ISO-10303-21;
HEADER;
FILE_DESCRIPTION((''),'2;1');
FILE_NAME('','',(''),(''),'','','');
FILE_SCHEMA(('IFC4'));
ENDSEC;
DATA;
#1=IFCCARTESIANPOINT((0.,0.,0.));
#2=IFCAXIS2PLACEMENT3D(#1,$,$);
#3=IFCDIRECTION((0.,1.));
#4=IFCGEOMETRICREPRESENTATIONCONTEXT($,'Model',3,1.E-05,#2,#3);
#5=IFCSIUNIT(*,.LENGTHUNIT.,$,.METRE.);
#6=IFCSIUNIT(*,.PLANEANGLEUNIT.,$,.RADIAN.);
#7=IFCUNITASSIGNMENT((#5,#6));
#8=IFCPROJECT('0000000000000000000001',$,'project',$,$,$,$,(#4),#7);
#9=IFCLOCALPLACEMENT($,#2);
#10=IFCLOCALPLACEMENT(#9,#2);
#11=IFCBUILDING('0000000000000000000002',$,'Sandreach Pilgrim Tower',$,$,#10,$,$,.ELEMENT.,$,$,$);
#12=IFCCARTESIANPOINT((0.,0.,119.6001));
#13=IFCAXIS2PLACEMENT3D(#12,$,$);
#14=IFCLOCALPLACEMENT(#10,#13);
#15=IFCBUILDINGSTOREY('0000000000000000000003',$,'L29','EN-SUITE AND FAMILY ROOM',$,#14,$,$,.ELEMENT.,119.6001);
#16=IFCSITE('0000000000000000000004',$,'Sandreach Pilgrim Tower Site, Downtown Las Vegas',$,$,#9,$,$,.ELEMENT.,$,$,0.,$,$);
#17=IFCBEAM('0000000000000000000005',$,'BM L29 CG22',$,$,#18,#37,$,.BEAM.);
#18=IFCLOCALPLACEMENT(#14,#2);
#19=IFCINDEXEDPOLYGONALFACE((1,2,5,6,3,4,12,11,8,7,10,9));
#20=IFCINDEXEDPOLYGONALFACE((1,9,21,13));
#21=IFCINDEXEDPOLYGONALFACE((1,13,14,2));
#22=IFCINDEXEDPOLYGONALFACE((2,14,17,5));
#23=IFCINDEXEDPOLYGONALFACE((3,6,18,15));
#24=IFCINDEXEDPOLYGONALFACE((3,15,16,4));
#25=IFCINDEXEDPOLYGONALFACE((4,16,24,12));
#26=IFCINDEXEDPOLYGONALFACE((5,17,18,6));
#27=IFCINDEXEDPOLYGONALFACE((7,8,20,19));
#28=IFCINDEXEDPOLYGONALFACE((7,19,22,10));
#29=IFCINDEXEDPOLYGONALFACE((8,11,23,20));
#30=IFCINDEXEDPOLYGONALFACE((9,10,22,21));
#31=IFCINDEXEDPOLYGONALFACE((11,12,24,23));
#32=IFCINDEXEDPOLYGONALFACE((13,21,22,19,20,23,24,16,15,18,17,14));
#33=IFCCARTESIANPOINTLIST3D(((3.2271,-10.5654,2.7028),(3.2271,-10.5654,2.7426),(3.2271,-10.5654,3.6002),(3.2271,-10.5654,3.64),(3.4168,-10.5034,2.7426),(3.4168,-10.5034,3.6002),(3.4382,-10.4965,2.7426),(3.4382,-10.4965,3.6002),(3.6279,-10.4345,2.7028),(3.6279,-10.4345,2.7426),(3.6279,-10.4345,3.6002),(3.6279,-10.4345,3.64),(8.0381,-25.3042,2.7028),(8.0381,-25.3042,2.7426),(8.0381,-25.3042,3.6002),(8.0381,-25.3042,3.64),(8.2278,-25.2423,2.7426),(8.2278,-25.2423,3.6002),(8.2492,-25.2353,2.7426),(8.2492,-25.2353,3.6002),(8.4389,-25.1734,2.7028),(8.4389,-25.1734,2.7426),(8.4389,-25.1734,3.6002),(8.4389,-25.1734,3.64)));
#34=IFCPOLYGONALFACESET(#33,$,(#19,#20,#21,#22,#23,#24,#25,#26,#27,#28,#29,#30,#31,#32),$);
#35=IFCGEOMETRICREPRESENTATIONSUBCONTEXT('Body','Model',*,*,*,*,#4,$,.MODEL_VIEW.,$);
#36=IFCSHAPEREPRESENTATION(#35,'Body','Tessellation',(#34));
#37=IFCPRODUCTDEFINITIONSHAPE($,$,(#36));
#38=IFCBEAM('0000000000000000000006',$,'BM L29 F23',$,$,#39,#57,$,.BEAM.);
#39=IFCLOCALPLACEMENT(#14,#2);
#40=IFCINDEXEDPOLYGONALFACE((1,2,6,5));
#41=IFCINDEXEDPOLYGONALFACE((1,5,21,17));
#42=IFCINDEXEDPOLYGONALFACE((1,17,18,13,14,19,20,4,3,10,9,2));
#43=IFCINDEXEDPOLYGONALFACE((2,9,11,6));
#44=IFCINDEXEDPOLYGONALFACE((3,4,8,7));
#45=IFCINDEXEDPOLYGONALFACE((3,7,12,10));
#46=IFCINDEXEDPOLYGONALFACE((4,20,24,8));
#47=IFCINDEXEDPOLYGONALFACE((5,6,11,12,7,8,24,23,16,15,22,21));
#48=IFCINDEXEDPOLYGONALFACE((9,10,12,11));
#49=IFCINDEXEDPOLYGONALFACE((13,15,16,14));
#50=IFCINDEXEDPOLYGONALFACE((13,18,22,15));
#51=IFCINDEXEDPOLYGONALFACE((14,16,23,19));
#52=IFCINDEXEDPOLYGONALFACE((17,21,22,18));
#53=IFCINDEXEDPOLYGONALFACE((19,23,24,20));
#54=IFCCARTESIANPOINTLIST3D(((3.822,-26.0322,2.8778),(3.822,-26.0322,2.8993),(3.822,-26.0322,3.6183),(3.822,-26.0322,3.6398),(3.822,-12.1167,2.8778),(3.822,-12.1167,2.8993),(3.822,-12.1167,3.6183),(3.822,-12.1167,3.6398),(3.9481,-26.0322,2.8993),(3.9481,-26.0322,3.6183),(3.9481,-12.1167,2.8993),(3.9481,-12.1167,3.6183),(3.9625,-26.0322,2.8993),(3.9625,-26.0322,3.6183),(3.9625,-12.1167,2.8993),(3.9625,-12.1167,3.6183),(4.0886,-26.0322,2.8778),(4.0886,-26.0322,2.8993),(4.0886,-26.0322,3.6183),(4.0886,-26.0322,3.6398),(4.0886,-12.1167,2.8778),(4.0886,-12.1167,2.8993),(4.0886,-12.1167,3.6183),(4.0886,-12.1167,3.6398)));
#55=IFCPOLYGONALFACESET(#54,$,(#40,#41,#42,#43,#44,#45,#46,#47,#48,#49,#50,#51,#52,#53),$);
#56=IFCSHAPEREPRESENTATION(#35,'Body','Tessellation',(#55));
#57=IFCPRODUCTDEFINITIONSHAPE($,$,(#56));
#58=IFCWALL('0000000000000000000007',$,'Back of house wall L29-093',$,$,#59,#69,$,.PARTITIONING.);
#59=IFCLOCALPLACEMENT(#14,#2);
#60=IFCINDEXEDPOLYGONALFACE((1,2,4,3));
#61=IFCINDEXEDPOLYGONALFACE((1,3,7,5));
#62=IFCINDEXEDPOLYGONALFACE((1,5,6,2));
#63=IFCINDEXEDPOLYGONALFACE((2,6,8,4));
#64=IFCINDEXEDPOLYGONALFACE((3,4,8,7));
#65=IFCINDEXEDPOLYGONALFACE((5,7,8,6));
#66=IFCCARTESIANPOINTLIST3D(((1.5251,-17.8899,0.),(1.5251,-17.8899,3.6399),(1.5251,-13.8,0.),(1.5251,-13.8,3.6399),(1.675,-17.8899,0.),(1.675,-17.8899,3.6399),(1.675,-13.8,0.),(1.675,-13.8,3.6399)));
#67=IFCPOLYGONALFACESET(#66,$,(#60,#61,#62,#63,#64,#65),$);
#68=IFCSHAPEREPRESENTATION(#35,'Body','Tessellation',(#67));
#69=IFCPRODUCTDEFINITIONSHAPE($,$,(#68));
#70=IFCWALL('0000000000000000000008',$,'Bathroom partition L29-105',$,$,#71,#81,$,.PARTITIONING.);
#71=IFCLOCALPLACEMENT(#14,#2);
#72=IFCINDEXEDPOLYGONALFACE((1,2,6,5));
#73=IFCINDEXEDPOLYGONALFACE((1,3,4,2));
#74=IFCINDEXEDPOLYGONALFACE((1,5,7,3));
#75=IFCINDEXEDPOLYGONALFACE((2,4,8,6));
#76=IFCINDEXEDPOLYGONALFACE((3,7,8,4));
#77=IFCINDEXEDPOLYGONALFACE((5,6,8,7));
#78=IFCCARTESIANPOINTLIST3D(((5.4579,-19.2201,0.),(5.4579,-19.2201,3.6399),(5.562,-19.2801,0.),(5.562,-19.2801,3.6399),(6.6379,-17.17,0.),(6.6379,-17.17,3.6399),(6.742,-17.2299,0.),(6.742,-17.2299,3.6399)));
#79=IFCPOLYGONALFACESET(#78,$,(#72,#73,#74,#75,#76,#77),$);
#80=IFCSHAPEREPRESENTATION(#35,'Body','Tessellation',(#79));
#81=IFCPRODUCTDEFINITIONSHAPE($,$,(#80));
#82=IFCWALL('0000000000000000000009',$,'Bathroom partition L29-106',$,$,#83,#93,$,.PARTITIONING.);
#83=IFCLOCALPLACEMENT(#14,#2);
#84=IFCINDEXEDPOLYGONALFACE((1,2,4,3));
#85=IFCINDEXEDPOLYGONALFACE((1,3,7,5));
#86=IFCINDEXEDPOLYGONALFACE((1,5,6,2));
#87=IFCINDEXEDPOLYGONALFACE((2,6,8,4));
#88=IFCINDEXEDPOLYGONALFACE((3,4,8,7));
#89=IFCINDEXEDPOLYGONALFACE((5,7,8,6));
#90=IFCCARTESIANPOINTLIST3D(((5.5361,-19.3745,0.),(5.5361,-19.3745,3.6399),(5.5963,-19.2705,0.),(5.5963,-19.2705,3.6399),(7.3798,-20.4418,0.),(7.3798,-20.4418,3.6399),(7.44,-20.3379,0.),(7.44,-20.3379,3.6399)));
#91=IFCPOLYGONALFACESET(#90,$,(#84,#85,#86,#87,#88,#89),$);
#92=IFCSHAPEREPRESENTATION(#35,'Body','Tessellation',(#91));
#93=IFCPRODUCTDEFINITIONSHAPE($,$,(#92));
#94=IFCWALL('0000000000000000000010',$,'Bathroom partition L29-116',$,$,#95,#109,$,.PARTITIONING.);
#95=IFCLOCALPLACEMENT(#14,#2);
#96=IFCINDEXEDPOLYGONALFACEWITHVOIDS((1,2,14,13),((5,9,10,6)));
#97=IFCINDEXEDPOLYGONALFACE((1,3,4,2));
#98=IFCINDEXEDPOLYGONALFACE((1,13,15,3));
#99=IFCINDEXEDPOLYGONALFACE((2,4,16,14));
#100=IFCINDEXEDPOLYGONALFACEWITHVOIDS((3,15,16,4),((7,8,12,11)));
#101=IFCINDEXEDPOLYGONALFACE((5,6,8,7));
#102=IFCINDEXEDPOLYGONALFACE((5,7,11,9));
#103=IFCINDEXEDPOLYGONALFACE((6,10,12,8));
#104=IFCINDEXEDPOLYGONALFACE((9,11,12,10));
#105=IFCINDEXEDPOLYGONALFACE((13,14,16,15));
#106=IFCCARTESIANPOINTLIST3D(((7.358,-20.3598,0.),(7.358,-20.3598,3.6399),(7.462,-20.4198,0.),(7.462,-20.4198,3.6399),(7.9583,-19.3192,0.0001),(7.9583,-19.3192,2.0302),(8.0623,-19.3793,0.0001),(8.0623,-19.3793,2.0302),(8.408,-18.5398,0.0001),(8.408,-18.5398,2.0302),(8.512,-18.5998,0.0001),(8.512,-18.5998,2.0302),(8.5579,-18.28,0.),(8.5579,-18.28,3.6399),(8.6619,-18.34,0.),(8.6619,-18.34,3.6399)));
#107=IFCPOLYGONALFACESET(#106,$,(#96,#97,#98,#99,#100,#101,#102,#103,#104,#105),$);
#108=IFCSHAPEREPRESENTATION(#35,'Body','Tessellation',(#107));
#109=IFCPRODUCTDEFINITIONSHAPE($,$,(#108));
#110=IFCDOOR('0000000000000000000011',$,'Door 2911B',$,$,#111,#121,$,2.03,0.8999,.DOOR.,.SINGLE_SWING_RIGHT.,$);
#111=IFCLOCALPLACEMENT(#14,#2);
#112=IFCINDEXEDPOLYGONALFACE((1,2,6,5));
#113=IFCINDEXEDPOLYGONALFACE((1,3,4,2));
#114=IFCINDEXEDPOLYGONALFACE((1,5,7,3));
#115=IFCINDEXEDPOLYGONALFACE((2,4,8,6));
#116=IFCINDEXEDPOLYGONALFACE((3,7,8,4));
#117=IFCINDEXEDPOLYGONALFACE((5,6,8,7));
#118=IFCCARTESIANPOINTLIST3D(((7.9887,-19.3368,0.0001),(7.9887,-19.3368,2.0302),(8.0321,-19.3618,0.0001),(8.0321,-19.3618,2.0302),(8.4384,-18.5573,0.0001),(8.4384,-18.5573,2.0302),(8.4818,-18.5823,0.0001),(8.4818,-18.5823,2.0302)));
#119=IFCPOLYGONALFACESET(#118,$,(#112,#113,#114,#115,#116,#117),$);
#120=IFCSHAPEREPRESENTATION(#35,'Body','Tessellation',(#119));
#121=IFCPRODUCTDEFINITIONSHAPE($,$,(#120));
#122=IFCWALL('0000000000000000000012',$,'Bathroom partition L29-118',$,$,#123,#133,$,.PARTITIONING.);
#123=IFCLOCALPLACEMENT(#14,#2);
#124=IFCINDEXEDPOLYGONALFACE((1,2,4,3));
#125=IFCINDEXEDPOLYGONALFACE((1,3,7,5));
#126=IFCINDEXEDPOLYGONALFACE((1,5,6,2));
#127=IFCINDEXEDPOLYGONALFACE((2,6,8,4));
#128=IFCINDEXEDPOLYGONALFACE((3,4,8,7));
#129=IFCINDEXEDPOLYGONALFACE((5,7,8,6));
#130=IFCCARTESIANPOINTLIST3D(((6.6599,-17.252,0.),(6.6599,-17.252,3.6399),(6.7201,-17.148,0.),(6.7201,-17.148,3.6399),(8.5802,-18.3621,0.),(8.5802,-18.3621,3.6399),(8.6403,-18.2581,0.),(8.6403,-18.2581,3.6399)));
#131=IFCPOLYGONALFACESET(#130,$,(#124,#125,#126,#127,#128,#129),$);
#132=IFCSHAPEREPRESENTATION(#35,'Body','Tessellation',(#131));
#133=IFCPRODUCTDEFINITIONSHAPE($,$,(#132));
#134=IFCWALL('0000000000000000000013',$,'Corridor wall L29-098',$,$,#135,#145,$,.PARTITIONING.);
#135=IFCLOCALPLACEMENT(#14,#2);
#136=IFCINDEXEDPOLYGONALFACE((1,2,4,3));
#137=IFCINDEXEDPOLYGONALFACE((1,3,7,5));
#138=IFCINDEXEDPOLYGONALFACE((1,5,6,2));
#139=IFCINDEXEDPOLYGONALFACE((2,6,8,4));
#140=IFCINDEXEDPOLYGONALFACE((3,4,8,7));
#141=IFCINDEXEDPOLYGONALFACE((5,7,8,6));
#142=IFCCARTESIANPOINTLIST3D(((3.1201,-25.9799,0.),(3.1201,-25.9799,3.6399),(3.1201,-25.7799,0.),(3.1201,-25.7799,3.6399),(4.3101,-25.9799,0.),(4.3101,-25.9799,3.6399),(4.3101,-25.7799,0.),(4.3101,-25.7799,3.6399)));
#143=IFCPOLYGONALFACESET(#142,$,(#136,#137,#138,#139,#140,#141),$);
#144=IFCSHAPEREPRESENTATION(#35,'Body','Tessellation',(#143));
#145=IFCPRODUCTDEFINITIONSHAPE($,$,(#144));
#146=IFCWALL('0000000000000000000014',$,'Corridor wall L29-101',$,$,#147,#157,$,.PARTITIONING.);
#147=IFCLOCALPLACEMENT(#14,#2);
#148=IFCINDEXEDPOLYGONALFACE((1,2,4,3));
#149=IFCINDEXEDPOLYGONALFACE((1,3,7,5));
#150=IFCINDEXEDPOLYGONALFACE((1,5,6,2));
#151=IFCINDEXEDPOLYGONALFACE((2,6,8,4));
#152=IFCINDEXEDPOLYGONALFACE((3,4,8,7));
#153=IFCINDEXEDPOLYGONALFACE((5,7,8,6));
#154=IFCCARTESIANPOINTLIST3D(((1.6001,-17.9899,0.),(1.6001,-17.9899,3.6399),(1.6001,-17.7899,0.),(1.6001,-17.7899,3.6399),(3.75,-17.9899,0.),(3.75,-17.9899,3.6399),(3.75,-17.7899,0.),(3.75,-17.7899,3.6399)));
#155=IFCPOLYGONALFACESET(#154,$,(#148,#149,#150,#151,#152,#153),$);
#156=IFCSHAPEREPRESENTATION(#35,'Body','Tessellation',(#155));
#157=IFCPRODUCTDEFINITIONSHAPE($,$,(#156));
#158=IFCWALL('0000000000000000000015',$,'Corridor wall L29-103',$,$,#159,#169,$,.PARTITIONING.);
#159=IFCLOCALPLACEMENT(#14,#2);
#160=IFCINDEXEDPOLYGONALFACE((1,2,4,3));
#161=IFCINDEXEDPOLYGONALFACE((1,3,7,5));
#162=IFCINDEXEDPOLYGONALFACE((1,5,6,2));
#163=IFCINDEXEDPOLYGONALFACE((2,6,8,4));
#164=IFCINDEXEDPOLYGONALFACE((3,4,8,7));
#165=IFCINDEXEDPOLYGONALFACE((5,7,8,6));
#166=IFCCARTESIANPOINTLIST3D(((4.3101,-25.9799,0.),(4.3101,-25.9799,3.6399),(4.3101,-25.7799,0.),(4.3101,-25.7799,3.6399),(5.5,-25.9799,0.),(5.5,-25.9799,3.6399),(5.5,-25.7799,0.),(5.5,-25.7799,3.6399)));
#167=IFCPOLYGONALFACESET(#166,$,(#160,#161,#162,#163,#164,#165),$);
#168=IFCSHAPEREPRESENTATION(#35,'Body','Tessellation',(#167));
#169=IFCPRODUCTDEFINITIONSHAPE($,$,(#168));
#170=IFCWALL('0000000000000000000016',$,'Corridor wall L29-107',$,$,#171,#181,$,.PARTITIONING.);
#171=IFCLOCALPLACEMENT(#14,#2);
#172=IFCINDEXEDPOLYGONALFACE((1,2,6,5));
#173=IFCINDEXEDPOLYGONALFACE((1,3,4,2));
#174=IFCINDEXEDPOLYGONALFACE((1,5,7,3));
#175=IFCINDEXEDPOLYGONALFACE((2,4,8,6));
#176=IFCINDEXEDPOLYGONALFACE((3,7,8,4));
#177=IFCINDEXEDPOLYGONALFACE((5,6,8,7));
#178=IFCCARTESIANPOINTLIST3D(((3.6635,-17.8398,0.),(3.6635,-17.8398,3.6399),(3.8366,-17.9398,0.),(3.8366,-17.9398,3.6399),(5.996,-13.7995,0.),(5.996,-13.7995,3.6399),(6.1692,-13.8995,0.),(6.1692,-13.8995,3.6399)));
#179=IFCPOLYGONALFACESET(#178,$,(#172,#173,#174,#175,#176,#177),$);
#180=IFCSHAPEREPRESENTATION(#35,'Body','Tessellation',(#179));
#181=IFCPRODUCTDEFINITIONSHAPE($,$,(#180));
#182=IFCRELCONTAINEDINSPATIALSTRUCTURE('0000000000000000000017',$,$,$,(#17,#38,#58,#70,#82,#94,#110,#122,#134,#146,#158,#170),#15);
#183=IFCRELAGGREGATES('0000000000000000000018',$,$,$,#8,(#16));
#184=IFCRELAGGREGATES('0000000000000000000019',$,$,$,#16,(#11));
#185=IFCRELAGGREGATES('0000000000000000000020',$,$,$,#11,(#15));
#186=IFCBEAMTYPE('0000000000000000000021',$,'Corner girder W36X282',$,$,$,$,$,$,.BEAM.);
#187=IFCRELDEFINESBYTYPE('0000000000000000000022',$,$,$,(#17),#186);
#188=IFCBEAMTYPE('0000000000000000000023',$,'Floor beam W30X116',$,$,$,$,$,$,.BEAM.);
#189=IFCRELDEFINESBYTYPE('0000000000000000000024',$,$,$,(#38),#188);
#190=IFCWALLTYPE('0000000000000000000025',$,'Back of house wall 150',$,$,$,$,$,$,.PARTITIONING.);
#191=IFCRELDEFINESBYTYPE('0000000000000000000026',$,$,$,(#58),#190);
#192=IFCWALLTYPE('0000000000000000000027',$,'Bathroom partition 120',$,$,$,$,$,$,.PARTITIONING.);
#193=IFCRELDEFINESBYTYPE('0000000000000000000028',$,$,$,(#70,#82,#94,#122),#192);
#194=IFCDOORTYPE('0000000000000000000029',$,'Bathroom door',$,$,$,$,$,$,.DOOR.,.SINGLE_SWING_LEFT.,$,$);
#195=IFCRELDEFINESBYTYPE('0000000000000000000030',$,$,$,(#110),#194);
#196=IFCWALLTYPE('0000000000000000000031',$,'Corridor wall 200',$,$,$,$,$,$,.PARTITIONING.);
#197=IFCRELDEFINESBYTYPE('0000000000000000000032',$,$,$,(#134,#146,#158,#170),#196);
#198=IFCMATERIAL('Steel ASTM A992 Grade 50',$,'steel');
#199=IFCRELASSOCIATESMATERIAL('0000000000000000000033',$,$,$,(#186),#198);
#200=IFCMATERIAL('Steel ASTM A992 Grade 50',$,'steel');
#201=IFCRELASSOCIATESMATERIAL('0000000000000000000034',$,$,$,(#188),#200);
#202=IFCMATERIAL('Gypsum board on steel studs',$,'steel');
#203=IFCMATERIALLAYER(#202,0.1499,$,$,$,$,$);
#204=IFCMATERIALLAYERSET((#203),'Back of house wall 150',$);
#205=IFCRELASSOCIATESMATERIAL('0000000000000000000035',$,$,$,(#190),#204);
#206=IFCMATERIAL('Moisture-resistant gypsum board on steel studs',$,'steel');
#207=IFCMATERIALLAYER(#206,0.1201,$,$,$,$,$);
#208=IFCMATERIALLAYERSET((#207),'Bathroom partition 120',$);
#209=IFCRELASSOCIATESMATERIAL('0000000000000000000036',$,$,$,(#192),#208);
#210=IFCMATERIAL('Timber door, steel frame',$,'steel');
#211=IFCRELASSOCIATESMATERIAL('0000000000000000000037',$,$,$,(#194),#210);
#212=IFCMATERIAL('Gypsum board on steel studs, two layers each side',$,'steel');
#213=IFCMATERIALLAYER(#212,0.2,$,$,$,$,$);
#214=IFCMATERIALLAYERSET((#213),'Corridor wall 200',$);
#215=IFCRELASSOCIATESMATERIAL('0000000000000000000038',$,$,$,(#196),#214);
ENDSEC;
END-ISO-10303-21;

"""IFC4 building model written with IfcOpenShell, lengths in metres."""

from ifc_helpers import new_model, si_unit, direction, frame, frame_2d, origin, origin_2d, place, context, subcontext, project, spatial, rectangle, i_section, extrude, material, layer, layer_set, material_profile, profile_set, type_object, element, fill, save


model = new_model("IFC4")

# Units and contexts
model_context = context("Model", 3, precision=1e-05, world=origin(), true_north=direction((0.0, 1.0)))
body_context = subcontext(model_context, "Body", "Model", "MODEL_VIEW")
ifc_project = project(units=[si_unit("LENGTHUNIT", "METRE"), si_unit("PLANEANGLEUNIT", "RADIAN")], contexts=[model_context])

# Site, building, storey
site_placement = place(None, origin())
site = spatial("IfcSite", under=ifc_project, at=site_placement, Name="Sandreach Pilgrim Tower Site, Downtown Las Vegas", CompositionType="ELEMENT", RefElevation=0.0)
building_placement = place(site_placement, origin())
building = spatial("IfcBuilding", under=site, at=building_placement, Name="Sandreach Pilgrim Tower", CompositionType="ELEMENT")
storey_placement = place(building_placement, frame((0.0, 0.0, 119.6001)))
storey = spatial("IfcBuildingStorey", under=building, at=storey_placement, Name="L29", Description="EN-SUITE AND FAMILY ROOM", CompositionType="ELEMENT", Elevation=119.6001)

# Beams
ifc_material_1 = material(Name="Steel ASTM A992 Grade 50", Category="steel")
ifc_material_profile_1 = material_profile(ifc_material_1, i_section(OverallWidth=0.4216, OverallDepth=0.9373, WebThickness=0.0225, FlangeThickness=0.0398, at=origin_2d()), Name="W36X282")
ifc_profile_set_1 = profile_set([ifc_material_profile_1], Name="Steel ASTM A992 Grade 50")
beam_type_1 = type_object("IfcBeamType", Name="Corner girder W36X282", PredefinedType="BEAM", material=ifc_profile_set_1)
beam_1_placement = place(storey_placement, frame((8.2385, -25.2388, 3.1714), z_axis=(-0.310307, 0.950636, 0.0), x_axis=(-0.950636, -0.310307, 0.0)))
element("IfcBeam", 1, at=beam_1_placement, inside=storey, type_object=beam_type_1, Name="BM L29 CG22", PredefinedType="BEAM", context=body_context, shape_type="SweptSolid", body=[
    extrude(i_section(OverallWidth=0.4216, OverallDepth=0.9373, WebThickness=0.0225, FlangeThickness=0.0398, at=origin_2d()), origin(), (0.0, 0.0, 1.0), 15.5042),
])
ifc_material_2 = material(Name="Steel ASTM A992 Grade 50", Category="steel")
ifc_material_profile_2 = material_profile(ifc_material_2, i_section(OverallWidth=0.2666, OverallDepth=0.762, WebThickness=0.0144, FlangeThickness=0.0215, at=origin_2d()), Name="W30X116")
ifc_profile_set_2 = profile_set([ifc_material_profile_2], Name="Steel ASTM A992 Grade 50")
beam_type_2 = type_object("IfcBeamType", Name="Floor beam W30X116", PredefinedType="BEAM", material=ifc_profile_set_2)
beam_2_placement = place(storey_placement, frame((3.9553, -26.0322, 3.2588), z_axis=(0.0, 1.0, 0.0), x_axis=(-1.0, 0.0, 0.0)))
element("IfcBeam", 2, at=beam_2_placement, inside=storey, type_object=beam_type_2, Name="BM L29 F23", PredefinedType="BEAM", context=body_context, shape_type="SweptSolid", body=[
    extrude(i_section(OverallWidth=0.2666, OverallDepth=0.762, WebThickness=0.0144, FlangeThickness=0.0215, at=origin_2d()), origin(), (0.0, 0.0, 1.0), 13.9155),
])

# Walls
ifc_material_3 = material(Name="Gypsum board on steel studs", Category="steel")
ifc_layer_1 = layer(ifc_material_3, 0.1499)
ifc_layer_set_1 = layer_set([ifc_layer_1], Name="Back of house wall 150")
wall_type_1 = type_object("IfcWallType", Name="Back of house wall 150", PredefinedType="PARTITIONING", material=ifc_layer_set_1)
wall_1_placement = place(storey_placement, frame((1.6001, -13.8, 0.0), z_axis=(0.0, 0.0, 1.0), x_axis=(0.0, -1.0, 0.0)))
element("IfcWall", 3, at=wall_1_placement, inside=storey, type_object=wall_type_1, Name="Back of house wall L29-093", PredefinedType="PARTITIONING", context=body_context, shape_type="SweptSolid", body=[
    extrude(rectangle(XDim=4.0898, YDim=0.1499, at=frame_2d((2.0449, 0.0))), origin(), (0.0, 0.0, 1.0), 3.6399),
])
ifc_material_4 = material(Name="Moisture-resistant gypsum board on steel studs", Category="steel")
ifc_layer_2 = layer(ifc_material_4, 0.1201)
ifc_layer_set_2 = layer_set([ifc_layer_2], Name="Bathroom partition 120")
wall_type_2 = type_object("IfcWallType", Name="Bathroom partition 120", PredefinedType="PARTITIONING", material=ifc_layer_set_2)
wall_2_placement = place(storey_placement, frame((5.51, -19.25, 0.0), z_axis=(0.0, 0.0, 1.0), x_axis=(0.498838, 0.866695, 0.0)))
element("IfcWall", 4, at=wall_2_placement, inside=storey, type_object=wall_type_2, Name="Bathroom partition L29-105", PredefinedType="PARTITIONING", context=body_context, shape_type="SweptSolid", body=[
    extrude(rectangle(XDim=2.3655, YDim=0.1201, at=frame_2d((1.1826, 0.0))), origin(), (0.0, 0.0, 1.0), 3.6399),
])
wall_3_placement = place(storey_placement, frame((5.5662, -19.3225, 0.0), z_axis=(0.0, 0.0, 1.0), x_axis=(0.865437, -0.501018, 0.0)))
element("IfcWall", 5, at=wall_3_placement, inside=storey, type_object=wall_type_2, Name="Bathroom partition L29-106", PredefinedType="PARTITIONING", context=body_context, shape_type="SweptSolid", body=[
    extrude(rectangle(XDim=2.1304, YDim=0.1201, at=frame_2d((1.0652, 0.0))), origin(), (0.0, 0.0, 1.0), 3.6399),
])

# Wall, opening, door
wall_4_placement = place(storey_placement, frame((7.4099, -20.3899, 0.0), z_axis=(0.0, 0.0, 1.0), x_axis=(0.499737, 0.866177, 0.0)))
wall_4 = element("IfcWall", 6, at=wall_4_placement, inside=storey, type_object=wall_type_2, Name="Bathroom partition L29-116", PredefinedType="PARTITIONING", context=body_context, shape_type="SweptSolid", body=[
    extrude(rectangle(XDim=2.4011, YDim=0.1201, at=frame_2d((1.2007, 0.0))), origin(), (0.0, 0.0, 1.0), 3.6399),
])
opening_1_placement = place(wall_4_placement, frame((1.2014, 0.0, 0.0)))
opening_1 = element("IfcOpeningElement", 7, at=opening_1_placement, cuts=wall_4, PredefinedType="OPENING", context=body_context, shape_type="SweptSolid", body=[
    extrude(rectangle(XDim=0.8999, YDim=2.03, at=frame_2d((0.45, 1.0151))), frame((0.0, 0.0601, 0.0), z_axis=(0.0, -1.0, 0.0), x_axis=(1.0, 0.0, 0.0)), (0.0, 0.0, 1.0), 0.1201),
])
ifc_material_5 = material(Name="Timber door, steel frame", Category="steel")
door_type_1 = type_object("IfcDoorType", Name="Bathroom door", OperationType="SINGLE_SWING_LEFT", PredefinedType="DOOR", material=ifc_material_5)
door_1_placement = place(opening_1_placement, origin())
door_1 = element("IfcDoor", 8, at=door_1_placement, inside=storey, type_object=door_type_1, Name="Door 2911B", OperationType="SINGLE_SWING_RIGHT", OverallHeight=2.03, OverallWidth=0.8999, PredefinedType="DOOR", context=body_context, shape_type="SweptSolid", body=[
    extrude(rectangle(XDim=0.8999, YDim=2.03, at=frame_2d((0.45, 1.0151))), frame((0.0, 0.0249, 0.0), z_axis=(0.0, -1.0, 0.0), x_axis=(1.0, 0.0, 0.0)), (0.0, 0.0, 1.0), 0.05),
])
fill(opening_1, door_1)

# Wall
wall_5_placement = place(storey_placement, frame((8.6101, -18.3101, 0.0), z_axis=(0.0, 0.0, 1.0), x_axis=(-0.865733, 0.500507, 0.0)))
element("IfcWall", 9, at=wall_5_placement, inside=storey, type_object=wall_type_2, Name="Bathroom partition L29-118", PredefinedType="PARTITIONING", context=body_context, shape_type="SweptSolid", body=[
    extrude(rectangle(XDim=2.218, YDim=0.1201, at=frame_2d((1.1089, 0.0))), origin(), (0.0, 0.0, 1.0), 3.6399),
])

# Shared definitions
ifc_material_6 = material(Name="Gypsum board on steel studs, two layers each side", Category="steel")
ifc_layer_3 = layer(ifc_material_6, 0.2)
ifc_layer_set_3 = layer_set([ifc_layer_3], Name="Corridor wall 200")
wall_type_3 = type_object("IfcWallType", Name="Corridor wall 200", PredefinedType="PARTITIONING", material=ifc_layer_set_3)

# Walls
wall_6_placement = place(storey_placement, frame((3.1201, -25.8799, 0.0), z_axis=(0.0, 0.0, 1.0), x_axis=(1.0, 0.0, 0.0)))
element("IfcWall", 10, at=wall_6_placement, inside=storey, type_object=wall_type_3, Name="Corridor wall L29-098", PredefinedType="PARTITIONING", context=body_context, shape_type="SweptSolid", body=[
    extrude(rectangle(XDim=1.1899, YDim=0.2, at=frame_2d((0.595, 0.0))), origin(), (0.0, 0.0, 1.0), 3.6399),
])
wall_7_placement = place(storey_placement, frame((3.75, -17.8899, 0.0), z_axis=(0.0, 0.0, 1.0), x_axis=(-1.0, 0.0, 0.0)))
element("IfcWall", 11, at=wall_7_placement, inside=storey, type_object=wall_type_3, Name="Corridor wall L29-101", PredefinedType="PARTITIONING", context=body_context, shape_type="SweptSolid", body=[
    extrude(rectangle(XDim=2.1499, YDim=0.2, at=frame_2d((1.075, 0.0))), origin(), (0.0, 0.0, 1.0), 3.6399),
])
wall_8_placement = place(storey_placement, frame((4.3101, -25.8799, 0.0), z_axis=(0.0, 0.0, 1.0), x_axis=(1.0, 0.0, 0.0)))
element("IfcWall", 12, at=wall_8_placement, inside=storey, type_object=wall_type_3, Name="Corridor wall L29-103", PredefinedType="PARTITIONING", context=body_context, shape_type="SweptSolid", body=[
    extrude(rectangle(XDim=1.1899, YDim=0.2, at=frame_2d((0.595, 0.0))), origin(), (0.0, 0.0, 1.0), 3.6399),
])

# Wall
wall_9_placement = place(storey_placement, frame((6.0825, -13.8496, 0.0), z_axis=(0.0, 0.0, 1.0), x_axis=(-0.499978, -0.866038, 0.0)))
element("IfcWall", 13, at=wall_9_placement, inside=storey, type_object=wall_type_3, Name="Corridor wall L29-107", PredefinedType="PARTITIONING", context=body_context, shape_type="SweptSolid", body=[
    extrude(rectangle(XDim=4.6653, YDim=0.2, at=frame_2d((2.3325, 0.0))), origin(), (0.0, 0.0, 1.0), 3.6399),
])

save(model, "model.ifc")
